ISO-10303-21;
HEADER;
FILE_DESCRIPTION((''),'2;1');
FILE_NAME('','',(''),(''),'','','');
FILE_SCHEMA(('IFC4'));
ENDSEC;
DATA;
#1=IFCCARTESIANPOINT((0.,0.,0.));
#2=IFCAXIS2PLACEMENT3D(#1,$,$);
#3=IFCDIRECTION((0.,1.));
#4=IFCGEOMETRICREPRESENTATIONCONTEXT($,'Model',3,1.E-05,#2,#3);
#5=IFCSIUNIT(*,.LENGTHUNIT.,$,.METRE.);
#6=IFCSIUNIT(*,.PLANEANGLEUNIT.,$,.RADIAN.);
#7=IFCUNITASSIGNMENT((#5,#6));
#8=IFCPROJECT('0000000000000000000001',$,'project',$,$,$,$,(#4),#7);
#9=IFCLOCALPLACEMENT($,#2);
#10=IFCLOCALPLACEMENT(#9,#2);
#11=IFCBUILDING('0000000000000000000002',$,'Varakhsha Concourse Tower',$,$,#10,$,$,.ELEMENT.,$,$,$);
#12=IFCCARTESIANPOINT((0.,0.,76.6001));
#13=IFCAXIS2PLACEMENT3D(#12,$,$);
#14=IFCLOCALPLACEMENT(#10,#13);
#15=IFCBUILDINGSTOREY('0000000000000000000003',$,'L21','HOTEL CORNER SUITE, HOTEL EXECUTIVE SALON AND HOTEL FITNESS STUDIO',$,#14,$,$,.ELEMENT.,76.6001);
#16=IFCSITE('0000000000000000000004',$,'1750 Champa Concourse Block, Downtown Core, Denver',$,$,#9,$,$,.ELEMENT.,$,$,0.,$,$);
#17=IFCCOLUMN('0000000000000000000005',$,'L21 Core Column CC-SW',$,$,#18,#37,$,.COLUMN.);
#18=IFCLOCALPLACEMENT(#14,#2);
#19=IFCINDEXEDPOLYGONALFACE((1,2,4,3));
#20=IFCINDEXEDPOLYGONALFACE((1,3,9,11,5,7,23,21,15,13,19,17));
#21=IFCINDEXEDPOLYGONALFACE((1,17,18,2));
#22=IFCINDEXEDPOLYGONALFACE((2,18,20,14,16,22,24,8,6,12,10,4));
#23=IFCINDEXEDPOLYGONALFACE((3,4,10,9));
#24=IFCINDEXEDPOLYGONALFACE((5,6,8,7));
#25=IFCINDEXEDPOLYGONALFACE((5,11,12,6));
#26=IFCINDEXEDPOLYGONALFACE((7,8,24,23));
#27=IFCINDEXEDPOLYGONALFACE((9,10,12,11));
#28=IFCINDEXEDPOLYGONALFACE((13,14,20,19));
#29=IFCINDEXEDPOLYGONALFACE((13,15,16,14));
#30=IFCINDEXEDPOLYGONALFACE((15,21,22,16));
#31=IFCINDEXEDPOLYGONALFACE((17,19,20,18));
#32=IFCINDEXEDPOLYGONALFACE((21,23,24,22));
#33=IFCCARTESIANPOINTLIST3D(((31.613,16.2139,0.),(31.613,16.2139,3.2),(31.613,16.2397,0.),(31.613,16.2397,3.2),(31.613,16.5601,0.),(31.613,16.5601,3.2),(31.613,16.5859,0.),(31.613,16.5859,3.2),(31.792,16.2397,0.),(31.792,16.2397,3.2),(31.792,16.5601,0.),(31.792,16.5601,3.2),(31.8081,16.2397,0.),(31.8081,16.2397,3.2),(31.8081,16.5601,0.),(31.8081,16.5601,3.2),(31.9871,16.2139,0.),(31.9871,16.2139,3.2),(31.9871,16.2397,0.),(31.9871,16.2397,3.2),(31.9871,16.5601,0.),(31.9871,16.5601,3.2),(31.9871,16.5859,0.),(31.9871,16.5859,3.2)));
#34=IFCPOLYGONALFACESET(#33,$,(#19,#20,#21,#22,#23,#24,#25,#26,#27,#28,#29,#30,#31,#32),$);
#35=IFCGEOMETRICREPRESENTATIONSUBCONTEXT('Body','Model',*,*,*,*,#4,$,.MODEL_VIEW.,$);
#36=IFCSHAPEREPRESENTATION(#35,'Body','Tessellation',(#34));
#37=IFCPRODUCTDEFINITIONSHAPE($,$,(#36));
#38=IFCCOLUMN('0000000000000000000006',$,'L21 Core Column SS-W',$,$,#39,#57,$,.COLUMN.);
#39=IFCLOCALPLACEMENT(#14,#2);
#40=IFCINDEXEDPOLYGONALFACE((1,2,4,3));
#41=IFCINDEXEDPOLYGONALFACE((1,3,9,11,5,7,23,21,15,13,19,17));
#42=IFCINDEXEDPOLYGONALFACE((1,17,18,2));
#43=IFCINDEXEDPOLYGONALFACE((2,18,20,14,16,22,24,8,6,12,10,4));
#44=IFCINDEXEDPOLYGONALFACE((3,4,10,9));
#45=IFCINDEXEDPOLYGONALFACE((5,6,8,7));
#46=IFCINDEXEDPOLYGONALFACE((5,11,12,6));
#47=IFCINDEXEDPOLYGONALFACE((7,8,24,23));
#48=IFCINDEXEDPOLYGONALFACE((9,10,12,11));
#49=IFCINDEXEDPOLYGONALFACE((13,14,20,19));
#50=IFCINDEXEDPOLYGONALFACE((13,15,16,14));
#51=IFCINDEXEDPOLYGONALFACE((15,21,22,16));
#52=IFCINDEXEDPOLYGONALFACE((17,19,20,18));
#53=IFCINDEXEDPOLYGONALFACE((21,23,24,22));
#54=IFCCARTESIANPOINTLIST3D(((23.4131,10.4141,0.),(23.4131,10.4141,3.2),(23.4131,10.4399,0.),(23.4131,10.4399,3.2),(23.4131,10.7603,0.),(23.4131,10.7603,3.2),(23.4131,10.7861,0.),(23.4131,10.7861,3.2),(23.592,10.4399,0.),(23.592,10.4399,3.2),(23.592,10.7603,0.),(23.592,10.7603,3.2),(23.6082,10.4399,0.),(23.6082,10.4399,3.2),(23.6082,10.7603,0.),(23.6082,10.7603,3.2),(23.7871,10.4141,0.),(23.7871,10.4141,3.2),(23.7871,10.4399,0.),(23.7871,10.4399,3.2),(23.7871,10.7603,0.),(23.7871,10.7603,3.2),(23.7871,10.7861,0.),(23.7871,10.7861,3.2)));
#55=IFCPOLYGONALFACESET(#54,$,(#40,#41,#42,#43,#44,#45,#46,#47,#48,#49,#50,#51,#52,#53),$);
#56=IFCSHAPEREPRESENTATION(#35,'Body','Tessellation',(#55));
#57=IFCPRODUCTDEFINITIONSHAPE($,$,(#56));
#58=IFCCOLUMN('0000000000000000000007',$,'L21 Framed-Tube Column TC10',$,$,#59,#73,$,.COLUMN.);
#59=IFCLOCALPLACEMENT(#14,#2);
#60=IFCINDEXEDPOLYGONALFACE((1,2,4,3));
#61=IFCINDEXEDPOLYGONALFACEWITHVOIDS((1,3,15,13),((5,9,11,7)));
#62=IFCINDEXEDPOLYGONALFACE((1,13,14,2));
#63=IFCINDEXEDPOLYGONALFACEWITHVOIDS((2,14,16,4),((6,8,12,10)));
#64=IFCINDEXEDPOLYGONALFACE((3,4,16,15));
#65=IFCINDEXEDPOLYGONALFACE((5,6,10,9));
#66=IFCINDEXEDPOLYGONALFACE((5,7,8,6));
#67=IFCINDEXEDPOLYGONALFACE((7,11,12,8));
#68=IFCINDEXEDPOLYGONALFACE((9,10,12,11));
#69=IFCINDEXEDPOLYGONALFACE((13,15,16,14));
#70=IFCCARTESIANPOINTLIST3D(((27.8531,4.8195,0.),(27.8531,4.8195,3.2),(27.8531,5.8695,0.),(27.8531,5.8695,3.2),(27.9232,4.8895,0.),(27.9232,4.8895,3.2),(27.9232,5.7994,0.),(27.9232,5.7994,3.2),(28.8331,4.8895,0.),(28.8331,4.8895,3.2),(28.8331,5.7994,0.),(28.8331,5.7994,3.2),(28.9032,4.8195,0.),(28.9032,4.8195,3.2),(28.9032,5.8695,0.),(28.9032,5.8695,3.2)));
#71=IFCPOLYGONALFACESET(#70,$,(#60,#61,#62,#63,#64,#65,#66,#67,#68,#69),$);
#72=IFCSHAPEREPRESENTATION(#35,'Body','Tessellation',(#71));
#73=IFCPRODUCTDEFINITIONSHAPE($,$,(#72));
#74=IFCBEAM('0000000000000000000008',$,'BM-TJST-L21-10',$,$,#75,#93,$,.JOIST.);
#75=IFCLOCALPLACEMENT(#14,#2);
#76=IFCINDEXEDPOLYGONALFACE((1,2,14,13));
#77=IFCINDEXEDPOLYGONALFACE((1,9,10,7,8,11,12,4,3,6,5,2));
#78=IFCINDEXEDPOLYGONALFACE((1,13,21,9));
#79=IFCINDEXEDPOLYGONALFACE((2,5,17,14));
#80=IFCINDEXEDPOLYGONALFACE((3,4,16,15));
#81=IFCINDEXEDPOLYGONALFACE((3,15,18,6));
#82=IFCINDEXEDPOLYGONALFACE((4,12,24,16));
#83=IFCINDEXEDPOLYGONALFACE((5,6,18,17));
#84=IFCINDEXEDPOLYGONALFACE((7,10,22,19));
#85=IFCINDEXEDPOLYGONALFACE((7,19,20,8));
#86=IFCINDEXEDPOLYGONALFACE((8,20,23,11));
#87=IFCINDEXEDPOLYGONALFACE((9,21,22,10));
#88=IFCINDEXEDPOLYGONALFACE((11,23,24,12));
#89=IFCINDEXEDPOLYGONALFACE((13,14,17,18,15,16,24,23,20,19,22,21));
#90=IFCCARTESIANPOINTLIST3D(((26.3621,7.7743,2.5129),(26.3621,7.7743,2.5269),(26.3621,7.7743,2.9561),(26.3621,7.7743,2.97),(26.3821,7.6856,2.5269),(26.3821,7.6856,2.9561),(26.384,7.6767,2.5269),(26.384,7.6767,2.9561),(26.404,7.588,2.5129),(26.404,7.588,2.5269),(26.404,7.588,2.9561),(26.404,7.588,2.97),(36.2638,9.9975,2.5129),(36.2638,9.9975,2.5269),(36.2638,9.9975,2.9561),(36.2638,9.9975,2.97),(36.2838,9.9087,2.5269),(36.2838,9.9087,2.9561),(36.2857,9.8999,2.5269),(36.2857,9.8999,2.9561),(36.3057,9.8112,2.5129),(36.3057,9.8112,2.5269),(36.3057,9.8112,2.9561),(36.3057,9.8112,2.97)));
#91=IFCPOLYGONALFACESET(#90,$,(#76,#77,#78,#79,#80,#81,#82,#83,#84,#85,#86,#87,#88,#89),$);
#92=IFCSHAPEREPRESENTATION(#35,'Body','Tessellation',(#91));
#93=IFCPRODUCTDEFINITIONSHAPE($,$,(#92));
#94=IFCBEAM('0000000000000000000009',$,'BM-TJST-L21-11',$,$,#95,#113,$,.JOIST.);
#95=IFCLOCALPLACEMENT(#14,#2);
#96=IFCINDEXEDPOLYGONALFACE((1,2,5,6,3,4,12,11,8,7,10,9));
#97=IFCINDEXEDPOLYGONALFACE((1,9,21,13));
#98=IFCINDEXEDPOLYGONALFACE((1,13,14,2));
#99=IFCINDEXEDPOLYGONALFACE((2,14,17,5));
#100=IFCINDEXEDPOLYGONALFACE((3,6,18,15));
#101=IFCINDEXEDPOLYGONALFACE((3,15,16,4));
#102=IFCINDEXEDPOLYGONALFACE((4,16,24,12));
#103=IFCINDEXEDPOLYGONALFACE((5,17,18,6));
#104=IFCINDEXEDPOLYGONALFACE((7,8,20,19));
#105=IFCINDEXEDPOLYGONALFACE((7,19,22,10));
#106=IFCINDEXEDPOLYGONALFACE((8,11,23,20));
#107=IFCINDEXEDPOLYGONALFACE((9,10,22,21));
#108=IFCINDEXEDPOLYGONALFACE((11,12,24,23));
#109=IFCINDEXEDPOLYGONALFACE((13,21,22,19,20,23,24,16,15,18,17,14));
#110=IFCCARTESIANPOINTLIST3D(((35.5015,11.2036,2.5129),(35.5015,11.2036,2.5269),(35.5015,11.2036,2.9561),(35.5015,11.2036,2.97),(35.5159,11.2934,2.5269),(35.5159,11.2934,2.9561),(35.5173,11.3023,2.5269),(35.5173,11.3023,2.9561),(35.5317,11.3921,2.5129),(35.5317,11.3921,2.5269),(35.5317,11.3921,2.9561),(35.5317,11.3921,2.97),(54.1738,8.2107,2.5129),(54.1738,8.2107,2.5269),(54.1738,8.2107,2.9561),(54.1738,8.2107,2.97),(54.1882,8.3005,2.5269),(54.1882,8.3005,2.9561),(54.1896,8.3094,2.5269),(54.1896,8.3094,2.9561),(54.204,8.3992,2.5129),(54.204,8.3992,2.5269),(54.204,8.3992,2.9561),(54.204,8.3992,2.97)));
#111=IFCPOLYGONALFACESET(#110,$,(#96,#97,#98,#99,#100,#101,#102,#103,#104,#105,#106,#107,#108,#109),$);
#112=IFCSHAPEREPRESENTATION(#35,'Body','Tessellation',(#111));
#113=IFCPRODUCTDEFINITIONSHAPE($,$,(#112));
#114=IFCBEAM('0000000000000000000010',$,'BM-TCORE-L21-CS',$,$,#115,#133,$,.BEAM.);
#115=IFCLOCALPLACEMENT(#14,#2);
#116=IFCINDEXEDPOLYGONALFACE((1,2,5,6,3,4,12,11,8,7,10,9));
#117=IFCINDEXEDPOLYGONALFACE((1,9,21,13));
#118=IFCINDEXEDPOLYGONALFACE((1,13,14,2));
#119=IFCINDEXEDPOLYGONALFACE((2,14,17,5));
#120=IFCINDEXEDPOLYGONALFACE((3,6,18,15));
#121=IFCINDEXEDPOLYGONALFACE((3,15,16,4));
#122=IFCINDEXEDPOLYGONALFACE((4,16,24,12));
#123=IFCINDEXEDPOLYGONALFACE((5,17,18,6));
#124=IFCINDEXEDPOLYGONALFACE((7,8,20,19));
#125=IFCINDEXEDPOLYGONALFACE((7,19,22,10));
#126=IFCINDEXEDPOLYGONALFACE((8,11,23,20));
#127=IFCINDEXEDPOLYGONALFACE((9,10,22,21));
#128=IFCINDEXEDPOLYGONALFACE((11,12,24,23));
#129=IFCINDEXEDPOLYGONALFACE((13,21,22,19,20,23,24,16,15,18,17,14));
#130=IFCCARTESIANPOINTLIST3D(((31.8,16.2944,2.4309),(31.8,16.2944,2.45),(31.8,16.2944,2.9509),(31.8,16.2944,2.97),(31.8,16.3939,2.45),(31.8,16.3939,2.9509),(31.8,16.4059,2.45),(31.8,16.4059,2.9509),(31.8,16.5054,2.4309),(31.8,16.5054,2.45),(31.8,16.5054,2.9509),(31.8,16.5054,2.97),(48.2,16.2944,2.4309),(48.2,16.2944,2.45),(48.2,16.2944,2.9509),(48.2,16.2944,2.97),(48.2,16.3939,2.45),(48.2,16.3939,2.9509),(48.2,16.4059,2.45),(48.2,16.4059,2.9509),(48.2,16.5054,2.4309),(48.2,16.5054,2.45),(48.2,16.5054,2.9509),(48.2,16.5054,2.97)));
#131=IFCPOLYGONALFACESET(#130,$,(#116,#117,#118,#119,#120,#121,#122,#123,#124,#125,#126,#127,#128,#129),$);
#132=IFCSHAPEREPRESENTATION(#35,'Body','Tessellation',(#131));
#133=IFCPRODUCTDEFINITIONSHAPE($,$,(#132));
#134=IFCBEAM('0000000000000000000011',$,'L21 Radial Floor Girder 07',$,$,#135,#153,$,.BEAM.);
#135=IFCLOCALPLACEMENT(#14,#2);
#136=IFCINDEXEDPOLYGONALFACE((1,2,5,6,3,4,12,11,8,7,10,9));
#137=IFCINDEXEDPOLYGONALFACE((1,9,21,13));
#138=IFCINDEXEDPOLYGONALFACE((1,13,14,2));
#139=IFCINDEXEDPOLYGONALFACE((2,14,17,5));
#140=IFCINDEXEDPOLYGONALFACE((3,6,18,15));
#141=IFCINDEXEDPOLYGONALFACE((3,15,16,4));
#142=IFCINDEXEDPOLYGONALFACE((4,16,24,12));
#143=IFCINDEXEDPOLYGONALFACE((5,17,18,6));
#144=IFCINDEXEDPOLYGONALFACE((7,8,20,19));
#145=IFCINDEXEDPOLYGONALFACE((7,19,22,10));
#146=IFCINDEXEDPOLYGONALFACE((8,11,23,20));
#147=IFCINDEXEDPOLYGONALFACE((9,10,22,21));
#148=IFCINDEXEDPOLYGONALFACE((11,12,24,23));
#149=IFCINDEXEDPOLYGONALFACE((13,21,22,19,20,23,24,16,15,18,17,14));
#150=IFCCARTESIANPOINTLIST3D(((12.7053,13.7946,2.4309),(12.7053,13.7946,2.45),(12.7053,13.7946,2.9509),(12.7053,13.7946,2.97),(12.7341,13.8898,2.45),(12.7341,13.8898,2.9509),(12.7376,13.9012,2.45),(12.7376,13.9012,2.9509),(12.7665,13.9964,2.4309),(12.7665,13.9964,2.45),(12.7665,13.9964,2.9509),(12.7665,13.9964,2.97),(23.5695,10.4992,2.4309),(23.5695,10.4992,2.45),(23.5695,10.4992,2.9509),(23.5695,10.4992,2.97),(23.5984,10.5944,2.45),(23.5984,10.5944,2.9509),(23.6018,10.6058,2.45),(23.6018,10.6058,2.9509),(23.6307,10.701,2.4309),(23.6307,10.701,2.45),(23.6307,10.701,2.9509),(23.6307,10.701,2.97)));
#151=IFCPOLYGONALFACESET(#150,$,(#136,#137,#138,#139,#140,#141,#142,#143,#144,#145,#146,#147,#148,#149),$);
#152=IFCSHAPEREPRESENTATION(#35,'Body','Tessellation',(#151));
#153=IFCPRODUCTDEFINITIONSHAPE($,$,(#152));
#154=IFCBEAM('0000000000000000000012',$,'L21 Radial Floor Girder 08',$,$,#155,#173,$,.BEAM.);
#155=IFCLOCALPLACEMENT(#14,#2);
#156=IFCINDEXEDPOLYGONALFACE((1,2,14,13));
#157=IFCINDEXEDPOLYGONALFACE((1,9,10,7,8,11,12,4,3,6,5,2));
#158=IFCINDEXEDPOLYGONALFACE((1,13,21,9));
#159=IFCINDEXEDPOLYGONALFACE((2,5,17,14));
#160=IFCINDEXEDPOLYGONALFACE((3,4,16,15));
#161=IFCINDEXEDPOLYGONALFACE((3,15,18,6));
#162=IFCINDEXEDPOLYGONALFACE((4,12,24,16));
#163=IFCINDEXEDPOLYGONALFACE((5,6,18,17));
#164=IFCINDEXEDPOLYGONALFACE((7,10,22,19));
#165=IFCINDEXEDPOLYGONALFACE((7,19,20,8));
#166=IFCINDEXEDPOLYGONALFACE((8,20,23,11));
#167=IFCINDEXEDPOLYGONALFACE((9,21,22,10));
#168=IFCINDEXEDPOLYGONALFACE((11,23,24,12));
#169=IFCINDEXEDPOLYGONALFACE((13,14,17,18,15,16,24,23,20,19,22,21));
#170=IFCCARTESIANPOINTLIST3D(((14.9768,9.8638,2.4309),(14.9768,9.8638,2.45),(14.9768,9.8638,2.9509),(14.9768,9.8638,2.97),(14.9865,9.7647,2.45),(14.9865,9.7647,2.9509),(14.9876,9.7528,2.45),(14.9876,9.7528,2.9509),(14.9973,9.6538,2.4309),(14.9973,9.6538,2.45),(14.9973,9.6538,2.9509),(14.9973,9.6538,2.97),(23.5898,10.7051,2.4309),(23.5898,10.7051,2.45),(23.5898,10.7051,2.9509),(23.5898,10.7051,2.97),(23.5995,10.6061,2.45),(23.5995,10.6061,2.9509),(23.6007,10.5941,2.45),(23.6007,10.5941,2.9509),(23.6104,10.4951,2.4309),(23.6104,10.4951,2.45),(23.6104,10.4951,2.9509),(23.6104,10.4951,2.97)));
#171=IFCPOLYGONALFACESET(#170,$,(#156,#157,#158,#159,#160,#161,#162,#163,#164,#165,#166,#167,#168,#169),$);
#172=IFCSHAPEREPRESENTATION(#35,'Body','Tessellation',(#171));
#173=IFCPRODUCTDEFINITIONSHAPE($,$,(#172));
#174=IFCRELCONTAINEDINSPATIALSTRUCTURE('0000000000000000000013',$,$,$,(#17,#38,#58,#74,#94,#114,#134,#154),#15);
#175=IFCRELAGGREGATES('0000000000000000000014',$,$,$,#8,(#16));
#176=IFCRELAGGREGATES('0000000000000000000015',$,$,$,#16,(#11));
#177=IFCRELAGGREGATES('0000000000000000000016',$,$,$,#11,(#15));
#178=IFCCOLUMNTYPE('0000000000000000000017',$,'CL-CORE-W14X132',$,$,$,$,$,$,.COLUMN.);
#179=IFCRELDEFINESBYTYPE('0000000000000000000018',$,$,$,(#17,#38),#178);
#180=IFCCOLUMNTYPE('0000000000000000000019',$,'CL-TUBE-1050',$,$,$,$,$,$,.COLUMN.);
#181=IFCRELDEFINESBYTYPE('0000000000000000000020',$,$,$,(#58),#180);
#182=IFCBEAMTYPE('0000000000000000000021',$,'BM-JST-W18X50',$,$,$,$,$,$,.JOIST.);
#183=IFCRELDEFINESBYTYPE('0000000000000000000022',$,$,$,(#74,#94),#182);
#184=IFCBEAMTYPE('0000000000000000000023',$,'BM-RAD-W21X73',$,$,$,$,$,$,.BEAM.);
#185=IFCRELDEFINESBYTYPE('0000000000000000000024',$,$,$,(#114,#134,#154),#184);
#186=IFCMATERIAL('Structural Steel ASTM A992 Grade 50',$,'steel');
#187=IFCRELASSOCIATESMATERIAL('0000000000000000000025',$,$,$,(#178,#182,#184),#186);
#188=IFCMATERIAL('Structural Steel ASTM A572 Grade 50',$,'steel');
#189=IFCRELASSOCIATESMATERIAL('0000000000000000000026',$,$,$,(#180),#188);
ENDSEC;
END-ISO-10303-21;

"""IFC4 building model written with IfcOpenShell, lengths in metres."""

from ifc_helpers import new_model, si_unit, direction, frame, origin, origin_2d, place, context, subcontext, project, spatial, hollow_rectangle, i_section, extrude, material, material_profile, profile_set, type_object, element, save


model = new_model("IFC4")

# Units and contexts
model_context = context("Model", 3, precision=1e-05, world=origin(), true_north=direction((0.0, 1.0)))
body_context = subcontext(model_context, "Body", "Model", "MODEL_VIEW")
ifc_project = project(units=[si_unit("LENGTHUNIT", "METRE"), si_unit("PLANEANGLEUNIT", "RADIAN")], contexts=[model_context])

# Site, building, storey
site_placement = place(None, origin())
site = spatial("IfcSite", under=ifc_project, at=site_placement, Name="1750 Champa Concourse Block, Downtown Core, Denver", CompositionType="ELEMENT", RefElevation=0.0)
building_placement = place(site_placement, origin())
building = spatial("IfcBuilding", under=site, at=building_placement, Name="Varakhsha Concourse Tower", CompositionType="ELEMENT")
storey_placement = place(building_placement, frame((0.0, 0.0, 76.6001)))
storey = spatial("IfcBuildingStorey", under=building, at=storey_placement, Name="L21", Description="HOTEL CORNER SUITE, HOTEL EXECUTIVE SALON AND HOTEL FITNESS STUDIO", CompositionType="ELEMENT", Elevation=76.6001)

# Columns
ifc_material_1 = material(Name="Structural Steel ASTM A992 Grade 50", Category="steel")
ifc_material_profile_1 = material_profile(ifc_material_1, i_section(OverallWidth=0.374, OverallDepth=0.3721, WebThickness=0.0161, FlangeThickness=0.0259, at=origin_2d()), Name="W14X132")
ifc_profile_set_1 = profile_set([ifc_material_profile_1], Name="Structural Steel ASTM A992 Grade 50")
column_type_1 = type_object("IfcColumnType", Name="CL-CORE-W14X132", PredefinedType="COLUMN", material=ifc_profile_set_1)
for number, where, z_axis, x_axis, name in (
    (1, (31.8, 16.3999, 0.0), (0.0, 0.0, 1.0), (1.0, 0.0, 0.0), "L21 Core Column CC-SW"),
    (2, (23.6001, 10.6001, 0.0), (0.0, 0.0, 1.0), (1.0, 0.0, 0.0), "L21 Core Column SS-W"),
):
    element("IfcColumn", number, at=place(storey_placement, frame(where, z_axis=z_axis, x_axis=x_axis)), inside=storey, type_object=column_type_1, Name=name, PredefinedType="COLUMN", context=body_context, shape_type="SweptSolid", body=[
        extrude(i_section(OverallWidth=0.374, OverallDepth=0.3721, WebThickness=0.0161, FlangeThickness=0.0259, at=origin_2d()), origin(), (0.0, 0.0, 1.0), 3.2),
    ])
ifc_material_2 = material(Name="Structural Steel ASTM A572 Grade 50", Category="steel")
ifc_material_profile_2 = material_profile(ifc_material_2, hollow_rectangle(XDim=1.05, YDim=1.05, WallThickness=0.0701, at=origin_2d()), Name="BOX 1050x1050x70")
ifc_profile_set_2 = profile_set([ifc_material_profile_2], Name="Structural Steel ASTM A572 Grade 50")
column_type_2 = type_object("IfcColumnType", Name="CL-TUBE-1050", PredefinedType="COLUMN", material=ifc_profile_set_2)
column_placement = place(storey_placement, frame((28.3782, 5.3445, 0.0), z_axis=(0.0, 0.0, 1.0), x_axis=(1.0, 0.0, 0.0)))
element("IfcColumn", 3, at=column_placement, inside=storey, type_object=column_type_2, Name="L21 Framed-Tube Column TC10", PredefinedType="COLUMN", context=body_context, shape_type="SweptSolid", body=[
    extrude(hollow_rectangle(XDim=1.05, YDim=1.05, WallThickness=0.0701, at=origin_2d()), origin(), (0.0, 0.0, 1.0), 3.2),
])

# Beams
ifc_material_profile_3 = material_profile(ifc_material_1, i_section(OverallWidth=0.1909, OverallDepth=0.457, WebThickness=0.009, FlangeThickness=0.0139, at=origin_2d()), Name="W18X50")
ifc_profile_set_3 = profile_set([ifc_material_profile_3], Name="Structural Steel ASTM A992 Grade 50")
beam_type_1 = type_object("IfcBeamType", Name="BM-JST-W18X50", PredefinedType="JOIST", material=ifc_profile_set_3)
beam_1_placement = place(storey_placement, frame((26.3831, 7.6812, 2.7415), z_axis=(0.975709, 0.21907, 0.0), x_axis=(-0.21907, 0.975709, 0.0)))
element("IfcBeam", 4, at=beam_1_placement, inside=storey, type_object=beam_type_1, Name="BM-TJST-L21-10", PredefinedType="JOIST", context=body_context, shape_type="SweptSolid", body=[
    extrude(i_section(OverallWidth=0.1909, OverallDepth=0.457, WebThickness=0.009, FlangeThickness=0.0139, at=origin_2d()), origin(), (0.0, 0.0, 1.0), 10.1482),
])
beam_2_placement = place(storey_placement, frame((35.5166, 11.2979, 2.7415), z_axis=(0.987397, -0.158266, 0.0), x_axis=(0.158266, 0.987397, 0.0)))
element("IfcBeam", 5, at=beam_2_placement, inside=storey, type_object=beam_type_1, Name="BM-TJST-L21-11", PredefinedType="JOIST", context=body_context, shape_type="SweptSolid", body=[
    extrude(i_section(OverallWidth=0.1909, OverallDepth=0.457, WebThickness=0.009, FlangeThickness=0.0139, at=origin_2d()), origin(), (0.0, 0.0, 1.0), 18.9106),
])
ifc_material_profile_4 = material_profile(ifc_material_1, i_section(OverallWidth=0.2109, OverallDepth=0.5391, WebThickness=0.012, FlangeThickness=0.019, at=origin_2d()), Name="W21X73")
ifc_profile_set_4 = profile_set([ifc_material_profile_4], Name="Structural Steel ASTM A992 Grade 50")
beam_type_2 = type_object("IfcBeamType", Name="BM-RAD-W21X73", PredefinedType="BEAM", material=ifc_profile_set_4)
beam_3_placement = place(storey_placement, frame((31.8, 16.3999, 2.7004), z_axis=(1.0, 0.0, 0.0), x_axis=(0.0, 1.0, 0.0)))
element("IfcBeam", 6, at=beam_3_placement, inside=storey, type_object=beam_type_2, Name="BM-TCORE-L21-CS", PredefinedType="BEAM", context=body_context, shape_type="SweptSolid", body=[
    extrude(i_section(OverallWidth=0.2109, OverallDepth=0.5391, WebThickness=0.012, FlangeThickness=0.019, at=origin_2d()), origin(), (0.0, 0.0, 1.0), 16.3999),
])
beam_4_placement = place(storey_placement, frame((23.6001, 10.6001, 2.7004), z_axis=(-0.956946, 0.290266, 0.0), x_axis=(-0.290266, -0.956946, 0.0)))
element("IfcBeam", 7, at=beam_4_placement, inside=storey, type_object=beam_type_2, Name="L21 Radial Floor Girder 07", PredefinedType="BEAM", context=body_context, shape_type="SweptSolid", body=[
    extrude(i_section(OverallWidth=0.2109, OverallDepth=0.5391, WebThickness=0.012, FlangeThickness=0.019, at=origin_2d()), origin(), (0.0, 0.0, 1.0), 11.353),
])
beam_5_placement = place(storey_placement, frame((23.6001, 10.6001, 2.7004), z_axis=(-0.995263, -0.097216, 0.0), x_axis=(0.097216, -0.995263, 0.0)))
element("IfcBeam", 8, at=beam_5_placement, inside=storey, type_object=beam_type_2, Name="L21 Radial Floor Girder 08", PredefinedType="BEAM", context=body_context, shape_type="SweptSolid", body=[
    extrude(i_section(OverallWidth=0.2109, OverallDepth=0.5391, WebThickness=0.012, FlangeThickness=0.019, at=origin_2d()), origin(), (0.0, 0.0, 1.0), 8.6541),
])

save(model, "model.ifc")
